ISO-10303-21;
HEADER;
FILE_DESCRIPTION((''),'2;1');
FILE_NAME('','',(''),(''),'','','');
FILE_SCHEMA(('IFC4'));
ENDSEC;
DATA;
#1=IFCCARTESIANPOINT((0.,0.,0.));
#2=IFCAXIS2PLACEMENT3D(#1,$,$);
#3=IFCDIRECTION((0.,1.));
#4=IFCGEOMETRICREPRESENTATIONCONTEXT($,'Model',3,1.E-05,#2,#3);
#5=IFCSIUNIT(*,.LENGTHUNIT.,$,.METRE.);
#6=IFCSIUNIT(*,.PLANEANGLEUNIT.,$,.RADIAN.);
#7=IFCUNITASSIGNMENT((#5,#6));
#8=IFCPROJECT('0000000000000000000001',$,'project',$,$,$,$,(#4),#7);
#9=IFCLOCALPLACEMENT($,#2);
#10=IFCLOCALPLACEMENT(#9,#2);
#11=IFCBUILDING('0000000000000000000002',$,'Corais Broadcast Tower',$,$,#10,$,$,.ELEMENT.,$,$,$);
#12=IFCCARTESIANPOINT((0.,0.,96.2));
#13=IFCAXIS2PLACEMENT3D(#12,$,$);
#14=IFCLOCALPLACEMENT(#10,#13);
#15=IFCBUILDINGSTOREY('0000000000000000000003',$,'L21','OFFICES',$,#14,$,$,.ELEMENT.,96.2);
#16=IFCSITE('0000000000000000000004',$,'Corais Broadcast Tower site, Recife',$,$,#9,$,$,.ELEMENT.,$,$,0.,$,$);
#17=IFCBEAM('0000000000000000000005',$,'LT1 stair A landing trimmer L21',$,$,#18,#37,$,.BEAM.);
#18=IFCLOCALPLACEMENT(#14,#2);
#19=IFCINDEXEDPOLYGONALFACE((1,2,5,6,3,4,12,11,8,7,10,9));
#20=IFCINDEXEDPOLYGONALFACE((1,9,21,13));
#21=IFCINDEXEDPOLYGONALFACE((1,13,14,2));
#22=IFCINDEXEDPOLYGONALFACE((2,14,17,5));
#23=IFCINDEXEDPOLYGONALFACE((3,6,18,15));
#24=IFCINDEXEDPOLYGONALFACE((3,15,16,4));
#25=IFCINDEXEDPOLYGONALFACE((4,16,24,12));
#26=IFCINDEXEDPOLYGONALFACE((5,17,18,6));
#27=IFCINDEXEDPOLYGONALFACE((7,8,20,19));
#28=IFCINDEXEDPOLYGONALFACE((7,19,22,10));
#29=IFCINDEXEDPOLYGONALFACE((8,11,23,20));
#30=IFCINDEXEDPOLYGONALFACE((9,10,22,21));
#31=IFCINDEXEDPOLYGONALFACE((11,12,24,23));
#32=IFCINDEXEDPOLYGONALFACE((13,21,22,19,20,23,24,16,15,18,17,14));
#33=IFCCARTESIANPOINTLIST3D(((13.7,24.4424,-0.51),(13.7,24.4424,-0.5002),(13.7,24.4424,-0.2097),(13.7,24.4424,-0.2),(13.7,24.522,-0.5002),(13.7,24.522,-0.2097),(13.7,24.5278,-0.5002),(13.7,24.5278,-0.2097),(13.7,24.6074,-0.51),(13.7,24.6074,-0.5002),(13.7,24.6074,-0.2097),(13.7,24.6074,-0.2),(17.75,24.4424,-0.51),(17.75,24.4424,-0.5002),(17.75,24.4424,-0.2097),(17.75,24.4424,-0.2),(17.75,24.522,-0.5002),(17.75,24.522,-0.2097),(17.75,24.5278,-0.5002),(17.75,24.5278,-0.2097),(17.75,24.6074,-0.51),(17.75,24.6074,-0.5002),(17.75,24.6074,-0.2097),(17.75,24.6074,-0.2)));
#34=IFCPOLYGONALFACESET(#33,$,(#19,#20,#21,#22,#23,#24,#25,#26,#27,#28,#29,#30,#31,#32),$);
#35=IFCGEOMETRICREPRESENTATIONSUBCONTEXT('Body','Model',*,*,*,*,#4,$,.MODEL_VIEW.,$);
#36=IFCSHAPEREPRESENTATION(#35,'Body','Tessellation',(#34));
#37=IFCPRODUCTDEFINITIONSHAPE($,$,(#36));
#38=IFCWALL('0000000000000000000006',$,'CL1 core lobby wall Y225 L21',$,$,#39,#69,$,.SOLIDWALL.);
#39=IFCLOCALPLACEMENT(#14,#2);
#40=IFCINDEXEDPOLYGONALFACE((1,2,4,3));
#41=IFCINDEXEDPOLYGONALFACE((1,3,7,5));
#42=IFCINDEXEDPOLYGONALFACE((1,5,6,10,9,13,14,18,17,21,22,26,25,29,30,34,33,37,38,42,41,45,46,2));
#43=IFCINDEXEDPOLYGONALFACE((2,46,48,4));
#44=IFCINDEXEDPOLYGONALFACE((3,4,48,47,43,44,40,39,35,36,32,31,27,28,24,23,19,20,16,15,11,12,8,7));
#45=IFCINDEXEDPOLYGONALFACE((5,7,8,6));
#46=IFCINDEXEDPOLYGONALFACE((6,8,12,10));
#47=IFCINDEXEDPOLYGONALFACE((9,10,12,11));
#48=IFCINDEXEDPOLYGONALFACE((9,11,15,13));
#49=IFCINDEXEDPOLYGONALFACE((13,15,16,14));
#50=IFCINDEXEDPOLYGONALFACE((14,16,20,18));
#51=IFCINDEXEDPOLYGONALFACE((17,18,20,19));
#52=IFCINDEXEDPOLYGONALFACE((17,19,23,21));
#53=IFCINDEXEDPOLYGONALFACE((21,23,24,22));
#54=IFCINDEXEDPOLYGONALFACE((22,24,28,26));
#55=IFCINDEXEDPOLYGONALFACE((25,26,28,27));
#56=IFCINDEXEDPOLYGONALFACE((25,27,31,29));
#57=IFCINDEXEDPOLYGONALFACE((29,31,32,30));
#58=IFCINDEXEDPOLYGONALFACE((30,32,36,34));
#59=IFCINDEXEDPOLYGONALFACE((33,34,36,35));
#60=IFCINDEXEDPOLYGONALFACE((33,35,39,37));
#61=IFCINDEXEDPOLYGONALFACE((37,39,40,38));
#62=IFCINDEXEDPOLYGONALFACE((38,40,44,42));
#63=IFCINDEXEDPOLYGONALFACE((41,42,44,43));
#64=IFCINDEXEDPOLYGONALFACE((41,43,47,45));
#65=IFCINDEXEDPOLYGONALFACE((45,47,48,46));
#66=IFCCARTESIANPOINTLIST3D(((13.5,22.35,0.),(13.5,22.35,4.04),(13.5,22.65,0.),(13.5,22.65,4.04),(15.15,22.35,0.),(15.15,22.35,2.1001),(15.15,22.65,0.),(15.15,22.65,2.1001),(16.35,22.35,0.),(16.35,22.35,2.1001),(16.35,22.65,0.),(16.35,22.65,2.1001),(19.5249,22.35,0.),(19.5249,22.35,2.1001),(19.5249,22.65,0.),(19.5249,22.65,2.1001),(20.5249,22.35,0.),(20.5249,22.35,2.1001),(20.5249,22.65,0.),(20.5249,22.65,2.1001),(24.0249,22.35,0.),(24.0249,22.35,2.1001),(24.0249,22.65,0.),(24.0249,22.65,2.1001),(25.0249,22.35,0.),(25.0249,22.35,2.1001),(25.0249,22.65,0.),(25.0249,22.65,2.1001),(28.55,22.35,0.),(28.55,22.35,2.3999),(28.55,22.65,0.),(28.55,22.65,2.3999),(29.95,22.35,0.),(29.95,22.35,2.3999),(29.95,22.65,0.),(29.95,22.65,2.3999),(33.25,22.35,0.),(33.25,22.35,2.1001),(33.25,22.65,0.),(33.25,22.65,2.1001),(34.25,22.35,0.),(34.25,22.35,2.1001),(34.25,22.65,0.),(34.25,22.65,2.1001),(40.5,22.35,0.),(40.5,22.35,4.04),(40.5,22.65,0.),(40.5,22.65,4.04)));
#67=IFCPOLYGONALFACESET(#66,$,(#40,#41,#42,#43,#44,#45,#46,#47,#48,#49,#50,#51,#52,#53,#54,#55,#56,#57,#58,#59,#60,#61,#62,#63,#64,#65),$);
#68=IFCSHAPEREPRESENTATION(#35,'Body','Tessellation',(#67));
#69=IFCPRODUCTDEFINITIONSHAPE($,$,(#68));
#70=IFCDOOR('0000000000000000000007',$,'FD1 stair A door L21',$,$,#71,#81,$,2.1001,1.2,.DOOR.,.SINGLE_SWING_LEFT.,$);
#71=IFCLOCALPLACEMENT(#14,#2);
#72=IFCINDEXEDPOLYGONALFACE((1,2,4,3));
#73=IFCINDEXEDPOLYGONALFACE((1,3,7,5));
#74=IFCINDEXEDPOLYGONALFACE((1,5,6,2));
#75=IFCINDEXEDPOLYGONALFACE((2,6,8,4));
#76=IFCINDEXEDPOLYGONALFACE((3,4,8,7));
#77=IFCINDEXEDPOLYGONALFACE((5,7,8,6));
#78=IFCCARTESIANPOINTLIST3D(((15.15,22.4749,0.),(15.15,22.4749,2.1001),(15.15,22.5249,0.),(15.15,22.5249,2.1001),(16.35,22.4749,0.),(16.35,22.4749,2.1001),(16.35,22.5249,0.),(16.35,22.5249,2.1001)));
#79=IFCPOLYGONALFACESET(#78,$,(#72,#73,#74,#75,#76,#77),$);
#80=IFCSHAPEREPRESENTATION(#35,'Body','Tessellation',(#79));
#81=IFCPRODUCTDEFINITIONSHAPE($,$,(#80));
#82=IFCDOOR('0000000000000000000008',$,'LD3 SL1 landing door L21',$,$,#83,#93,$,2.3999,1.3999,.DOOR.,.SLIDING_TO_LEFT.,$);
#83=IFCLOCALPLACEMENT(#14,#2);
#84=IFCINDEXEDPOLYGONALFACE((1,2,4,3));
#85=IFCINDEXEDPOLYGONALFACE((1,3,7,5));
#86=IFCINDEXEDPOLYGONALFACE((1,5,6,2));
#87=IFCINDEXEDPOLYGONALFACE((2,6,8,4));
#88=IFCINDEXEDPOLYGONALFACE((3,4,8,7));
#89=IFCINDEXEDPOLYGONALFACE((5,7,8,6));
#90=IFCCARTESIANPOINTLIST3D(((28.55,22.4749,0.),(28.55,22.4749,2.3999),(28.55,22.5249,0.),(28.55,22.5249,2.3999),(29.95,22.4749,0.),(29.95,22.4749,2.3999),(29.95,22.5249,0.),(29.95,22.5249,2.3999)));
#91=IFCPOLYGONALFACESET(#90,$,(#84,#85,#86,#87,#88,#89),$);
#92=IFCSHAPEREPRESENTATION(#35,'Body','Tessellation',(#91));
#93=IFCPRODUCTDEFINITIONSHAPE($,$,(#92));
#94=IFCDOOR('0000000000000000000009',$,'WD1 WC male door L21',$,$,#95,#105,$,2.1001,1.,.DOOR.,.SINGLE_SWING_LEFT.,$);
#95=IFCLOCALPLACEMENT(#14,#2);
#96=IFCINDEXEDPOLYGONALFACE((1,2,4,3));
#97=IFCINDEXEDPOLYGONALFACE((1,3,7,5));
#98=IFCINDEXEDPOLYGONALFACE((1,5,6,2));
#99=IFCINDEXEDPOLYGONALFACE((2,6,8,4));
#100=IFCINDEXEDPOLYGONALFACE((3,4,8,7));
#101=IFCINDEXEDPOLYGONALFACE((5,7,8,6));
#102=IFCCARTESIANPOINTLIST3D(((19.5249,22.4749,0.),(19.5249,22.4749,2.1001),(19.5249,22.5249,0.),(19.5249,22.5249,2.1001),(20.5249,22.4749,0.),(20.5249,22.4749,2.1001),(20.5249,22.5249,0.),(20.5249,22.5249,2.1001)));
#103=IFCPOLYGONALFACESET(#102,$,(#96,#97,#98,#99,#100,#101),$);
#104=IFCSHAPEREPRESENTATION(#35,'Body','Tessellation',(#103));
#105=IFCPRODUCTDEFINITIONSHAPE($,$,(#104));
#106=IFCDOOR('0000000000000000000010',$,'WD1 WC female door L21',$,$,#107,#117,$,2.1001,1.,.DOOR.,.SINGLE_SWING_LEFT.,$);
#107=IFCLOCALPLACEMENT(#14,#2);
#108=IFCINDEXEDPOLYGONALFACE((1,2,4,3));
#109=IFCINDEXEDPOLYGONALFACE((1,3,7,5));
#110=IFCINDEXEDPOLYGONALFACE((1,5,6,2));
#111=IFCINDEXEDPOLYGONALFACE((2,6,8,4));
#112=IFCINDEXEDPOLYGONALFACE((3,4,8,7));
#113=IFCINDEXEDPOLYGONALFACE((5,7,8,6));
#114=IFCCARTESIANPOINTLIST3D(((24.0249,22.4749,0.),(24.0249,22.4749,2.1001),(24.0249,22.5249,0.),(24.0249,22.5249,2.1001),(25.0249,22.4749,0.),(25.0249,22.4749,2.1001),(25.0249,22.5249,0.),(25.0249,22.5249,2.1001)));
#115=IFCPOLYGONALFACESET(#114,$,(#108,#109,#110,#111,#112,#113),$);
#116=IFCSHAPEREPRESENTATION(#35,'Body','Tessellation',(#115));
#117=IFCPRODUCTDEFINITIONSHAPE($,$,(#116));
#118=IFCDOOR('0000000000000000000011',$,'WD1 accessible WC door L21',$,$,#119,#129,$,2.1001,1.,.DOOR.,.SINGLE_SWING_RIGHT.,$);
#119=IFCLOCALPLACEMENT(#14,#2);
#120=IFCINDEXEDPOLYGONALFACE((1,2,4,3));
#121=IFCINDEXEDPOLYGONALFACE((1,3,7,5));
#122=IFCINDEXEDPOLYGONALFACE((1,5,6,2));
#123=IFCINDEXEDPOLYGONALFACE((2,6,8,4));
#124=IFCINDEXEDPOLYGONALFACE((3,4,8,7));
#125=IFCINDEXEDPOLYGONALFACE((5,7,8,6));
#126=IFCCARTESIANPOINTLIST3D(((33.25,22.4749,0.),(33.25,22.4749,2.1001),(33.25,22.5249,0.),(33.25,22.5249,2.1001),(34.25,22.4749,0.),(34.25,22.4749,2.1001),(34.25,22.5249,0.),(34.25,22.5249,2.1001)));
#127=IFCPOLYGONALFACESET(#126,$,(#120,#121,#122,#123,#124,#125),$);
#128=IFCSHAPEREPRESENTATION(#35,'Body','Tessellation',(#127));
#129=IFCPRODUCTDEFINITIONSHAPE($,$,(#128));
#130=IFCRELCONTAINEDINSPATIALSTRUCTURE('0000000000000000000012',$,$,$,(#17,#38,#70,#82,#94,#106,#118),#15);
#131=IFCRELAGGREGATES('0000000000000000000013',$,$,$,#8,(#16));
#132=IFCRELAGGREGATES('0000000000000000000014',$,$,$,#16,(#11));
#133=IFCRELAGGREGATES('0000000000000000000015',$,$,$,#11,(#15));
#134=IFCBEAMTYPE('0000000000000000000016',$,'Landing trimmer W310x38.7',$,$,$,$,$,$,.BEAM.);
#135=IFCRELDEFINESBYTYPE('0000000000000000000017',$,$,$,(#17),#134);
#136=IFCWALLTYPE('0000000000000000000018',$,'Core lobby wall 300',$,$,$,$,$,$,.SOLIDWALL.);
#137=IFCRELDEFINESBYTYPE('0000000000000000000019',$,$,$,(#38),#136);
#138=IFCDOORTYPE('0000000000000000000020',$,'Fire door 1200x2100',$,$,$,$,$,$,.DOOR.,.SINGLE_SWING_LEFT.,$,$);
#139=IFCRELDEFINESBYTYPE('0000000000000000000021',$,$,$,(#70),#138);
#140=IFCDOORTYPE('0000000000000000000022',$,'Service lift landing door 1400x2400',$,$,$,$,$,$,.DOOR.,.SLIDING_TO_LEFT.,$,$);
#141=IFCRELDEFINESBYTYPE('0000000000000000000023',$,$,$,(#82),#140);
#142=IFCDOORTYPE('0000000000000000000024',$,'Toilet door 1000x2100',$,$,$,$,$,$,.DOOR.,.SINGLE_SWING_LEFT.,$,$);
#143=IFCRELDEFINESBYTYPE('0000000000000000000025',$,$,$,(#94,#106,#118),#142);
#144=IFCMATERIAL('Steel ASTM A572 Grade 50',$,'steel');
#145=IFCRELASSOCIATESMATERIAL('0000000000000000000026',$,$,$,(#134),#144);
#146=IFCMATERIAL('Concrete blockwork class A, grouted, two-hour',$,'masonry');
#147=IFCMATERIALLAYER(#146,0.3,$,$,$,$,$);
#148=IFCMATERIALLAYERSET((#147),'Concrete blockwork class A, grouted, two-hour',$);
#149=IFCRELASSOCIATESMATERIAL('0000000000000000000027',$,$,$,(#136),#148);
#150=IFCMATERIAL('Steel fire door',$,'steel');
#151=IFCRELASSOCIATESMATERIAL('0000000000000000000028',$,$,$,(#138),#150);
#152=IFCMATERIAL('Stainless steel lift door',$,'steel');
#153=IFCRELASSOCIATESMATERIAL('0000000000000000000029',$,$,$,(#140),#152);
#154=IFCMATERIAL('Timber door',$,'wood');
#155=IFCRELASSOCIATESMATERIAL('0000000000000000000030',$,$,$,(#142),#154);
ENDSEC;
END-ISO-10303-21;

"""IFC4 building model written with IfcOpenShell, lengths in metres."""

from ifc_helpers import new_model, si_unit, direction, frame, frame_2d, origin, origin_2d, place, context, subcontext, project, spatial, rectangle, i_section, extrude, material, layer, layer_set, material_profile, profile_set, type_object, element, fill, save


model = new_model("IFC4")

# Units and contexts
model_context = context("Model", 3, precision=1e-05, world=origin(), true_north=direction((0.0, 1.0)))
body_context = subcontext(model_context, "Body", "Model", "MODEL_VIEW")
ifc_project = project(units=[si_unit("LENGTHUNIT", "METRE"), si_unit("PLANEANGLEUNIT", "RADIAN")], contexts=[model_context])

# Site, building, storey
site_placement = place(None, origin())
site = spatial("IfcSite", under=ifc_project, at=site_placement, Name="Corais Broadcast Tower site, Recife", CompositionType="ELEMENT", RefElevation=0.0)
building_placement = place(site_placement, origin())
building = spatial("IfcBuilding", under=site, at=building_placement, Name="Corais Broadcast Tower", CompositionType="ELEMENT")
storey_placement = place(building_placement, frame((0.0, 0.0, 96.2)))
storey = spatial("IfcBuildingStorey", under=building, at=storey_placement, Name="L21", Description="OFFICES", CompositionType="ELEMENT", Elevation=96.2)

# Beam
ifc_material_1 = material(Name="Steel ASTM A572 Grade 50", Category="steel")
ifc_material_profile = material_profile(ifc_material_1, i_section(OverallWidth=0.165, OverallDepth=0.3101, WebThickness=0.0059, FlangeThickness=0.0098, at=origin_2d()), Name="W310x38.7")
ifc_profile_set = profile_set([ifc_material_profile], Name="Steel ASTM A572 Grade 50")
beam_type = type_object("IfcBeamType", Name="Landing trimmer W310x38.7", PredefinedType="BEAM", material=ifc_profile_set)
beam_placement = place(storey_placement, frame((13.7, 24.5249, -0.355), z_axis=(1.0, 0.0, 0.0), x_axis=(0.0, 1.0, 0.0)))
element("IfcBeam", 1, at=beam_placement, inside=storey, type_object=beam_type, Name="LT1 stair A landing trimmer L21", PredefinedType="BEAM", context=body_context, shape_type="SweptSolid", body=[
    extrude(i_section(OverallWidth=0.165, OverallDepth=0.3101, WebThickness=0.0059, FlangeThickness=0.0098, at=origin_2d()), origin(), (0.0, 0.0, 1.0), 4.05),
])

# Wall, openings, doors
ifc_material_2 = material(Name="Concrete blockwork class A, grouted, two-hour", Category="masonry")
ifc_layer_1 = layer(ifc_material_2, 0.3)
ifc_layer_set_1 = layer_set([ifc_layer_1], Name="Concrete blockwork class A, grouted, two-hour")
wall_type_1 = type_object("IfcWallType", Name="Core lobby wall 300", PredefinedType="SOLIDWALL", material=ifc_layer_set_1)
wall_1_placement = place(storey_placement, frame((13.5, 22.5, 0.0), z_axis=(0.0, 0.0, 1.0), x_axis=(1.0, 0.0, 0.0)))
wall_1 = element("IfcWall", 2, at=wall_1_placement, inside=storey, type_object=wall_type_1, Name="CL1 core lobby wall Y225 L21", PredefinedType="SOLIDWALL", context=body_context, shape_type="SweptSolid", body=[
    extrude(rectangle(XDim=27.0, YDim=0.3, at=frame_2d((13.5, 0.0))), origin(), (0.0, 0.0, 1.0), 4.04),
])
opening_1_placement = place(wall_1_placement, frame((1.6499, 0.0, 0.0)))
opening_1 = element("IfcOpeningElement", 3, at=opening_1_placement, cuts=wall_1, PredefinedType="OPENING", context=body_context, shape_type="SweptSolid", body=[
    extrude(rectangle(XDim=1.2, YDim=2.1001, at=frame_2d((0.6001, 1.05))), frame((0.0, 0.1599, 0.0), z_axis=(0.0, -1.0, 0.0), x_axis=(1.0, 0.0, 0.0)), (0.0, 0.0, 1.0), 0.3201),
])
opening_2_placement = place(wall_1_placement, frame((6.0249, 0.0, 0.0)))
opening_2 = element("IfcOpeningElement", 4, at=opening_2_placement, cuts=wall_1, PredefinedType="OPENING", context=body_context, shape_type="SweptSolid", body=[
    extrude(rectangle(XDim=1.0, YDim=2.1001, at=frame_2d((0.5, 1.05))), frame((0.0, 0.1599, 0.0), z_axis=(0.0, -1.0, 0.0), x_axis=(1.0, 0.0, 0.0)), (0.0, 0.0, 1.0), 0.3201),
])
opening_3_placement = place(wall_1_placement, frame((10.5249, 0.0, 0.0)))
opening_3 = element("IfcOpeningElement", 5, at=opening_3_placement, cuts=wall_1, PredefinedType="OPENING", context=body_context, shape_type="SweptSolid", body=[
    extrude(rectangle(XDim=1.0, YDim=2.1001, at=frame_2d((0.5, 1.05))), frame((0.0, 0.1599, 0.0), z_axis=(0.0, -1.0, 0.0), x_axis=(1.0, 0.0, 0.0)), (0.0, 0.0, 1.0), 0.3201),
])
opening_4_placement = place(wall_1_placement, frame((19.75, 0.0, 0.0)))
opening_4 = element("IfcOpeningElement", 6, at=opening_4_placement, cuts=wall_1, PredefinedType="OPENING", context=body_context, shape_type="SweptSolid", body=[
    extrude(rectangle(XDim=1.0, YDim=2.1001, at=frame_2d((0.5, 1.05))), frame((0.0, 0.1599, 0.0), z_axis=(0.0, -1.0, 0.0), x_axis=(1.0, 0.0, 0.0)), (0.0, 0.0, 1.0), 0.3201),
])
opening_5_placement = place(wall_1_placement, frame((15.05, 0.0, 0.0)))
opening_5 = element("IfcOpeningElement", 7, at=opening_5_placement, cuts=wall_1, PredefinedType="OPENING", context=body_context, shape_type="SweptSolid", body=[
    extrude(rectangle(XDim=1.3999, YDim=2.3999, at=frame_2d((0.7, 1.2))), frame((0.0, 0.1599, 0.0), z_axis=(0.0, -1.0, 0.0), x_axis=(1.0, 0.0, 0.0)), (0.0, 0.0, 1.0), 0.3201),
])
ifc_material_3 = material(Name="Steel fire door", Category="steel")
door_type_1 = type_object("IfcDoorType", Name="Fire door 1200x2100", OperationType="SINGLE_SWING_LEFT", PredefinedType="DOOR", material=ifc_material_3)
door_1_placement = place(opening_1_placement, origin())
door_1 = element("IfcDoor", 8, at=door_1_placement, inside=storey, type_object=door_type_1, Name="FD1 stair A door L21", OperationType="SINGLE_SWING_LEFT", OverallHeight=2.1001, OverallWidth=1.2, PredefinedType="DOOR", context=body_context, shape_type="SweptSolid", body=[
    extrude(rectangle(XDim=1.2, YDim=2.1001, at=frame_2d((0.6001, 1.05))), frame((0.0, 0.0249, 0.0), z_axis=(0.0, -1.0, 0.0), x_axis=(1.0, 0.0, 0.0)), (0.0, 0.0, 1.0), 0.05),
])
fill(opening_1, door_1)
ifc_material_4 = material(Name="Stainless steel lift door", Category="steel")
door_type_2 = type_object("IfcDoorType", Name="Service lift landing door 1400x2400", OperationType="SLIDING_TO_LEFT", PredefinedType="DOOR", material=ifc_material_4)
door_2_placement = place(opening_5_placement, origin())
door_2 = element("IfcDoor", 9, at=door_2_placement, inside=storey, type_object=door_type_2, Name="LD3 SL1 landing door L21", OperationType="SLIDING_TO_LEFT", OverallHeight=2.3999, OverallWidth=1.3999, PredefinedType="DOOR", context=body_context, shape_type="SweptSolid", body=[
    extrude(rectangle(XDim=1.3999, YDim=2.3999, at=frame_2d((0.7, 1.2))), frame((0.0, 0.0249, 0.0), z_axis=(0.0, -1.0, 0.0), x_axis=(1.0, 0.0, 0.0)), (0.0, 0.0, 1.0), 0.05),
])
fill(opening_5, door_2)
ifc_material_5 = material(Name="Timber door", Category="wood")
door_type_3 = type_object("IfcDoorType", Name="Toilet door 1000x2100", OperationType="SINGLE_SWING_LEFT", PredefinedType="DOOR", material=ifc_material_5)
door_3_placement = place(opening_2_placement, origin())
door_3 = element("IfcDoor", 10, at=door_3_placement, inside=storey, type_object=door_type_3, Name="WD1 WC male door L21", OperationType="SINGLE_SWING_LEFT", OverallHeight=2.1001, OverallWidth=1.0, PredefinedType="DOOR", context=body_context, shape_type="SweptSolid", body=[
    extrude(rectangle(XDim=1.0, YDim=2.1001, at=frame_2d((0.5, 1.05))), frame((0.0, 0.0249, 0.0), z_axis=(0.0, -1.0, 0.0), x_axis=(1.0, 0.0, 0.0)), (0.0, 0.0, 1.0), 0.05),
])
fill(opening_2, door_3)
door_4_placement = place(opening_3_placement, origin())
door_4 = element("IfcDoor", 11, at=door_4_placement, inside=storey, type_object=door_type_3, Name="WD1 WC female door L21", OperationType="SINGLE_SWING_LEFT", OverallHeight=2.1001, OverallWidth=1.0, PredefinedType="DOOR", context=body_context, shape_type="SweptSolid", body=[
    extrude(rectangle(XDim=1.0, YDim=2.1001, at=frame_2d((0.5, 1.05))), frame((0.0, 0.0249, 0.0), z_axis=(0.0, -1.0, 0.0), x_axis=(1.0, 0.0, 0.0)), (0.0, 0.0, 1.0), 0.05),
])
fill(opening_3, door_4)
door_5_placement = place(opening_4_placement, origin())
door_5 = element("IfcDoor", 12, at=door_5_placement, inside=storey, type_object=door_type_3, Name="WD1 accessible WC door L21", OperationType="SINGLE_SWING_RIGHT", OverallHeight=2.1001, OverallWidth=1.0, PredefinedType="DOOR", context=body_context, shape_type="SweptSolid", body=[
    extrude(rectangle(XDim=1.0, YDim=2.1001, at=frame_2d((0.5, 1.05))), frame((0.0, 0.0249, 0.0), z_axis=(0.0, -1.0, 0.0), x_axis=(1.0, 0.0, 0.0)), (0.0, 0.0, 1.0), 0.05),
])
fill(opening_4, door_5)

save(model, "model.ifc")
